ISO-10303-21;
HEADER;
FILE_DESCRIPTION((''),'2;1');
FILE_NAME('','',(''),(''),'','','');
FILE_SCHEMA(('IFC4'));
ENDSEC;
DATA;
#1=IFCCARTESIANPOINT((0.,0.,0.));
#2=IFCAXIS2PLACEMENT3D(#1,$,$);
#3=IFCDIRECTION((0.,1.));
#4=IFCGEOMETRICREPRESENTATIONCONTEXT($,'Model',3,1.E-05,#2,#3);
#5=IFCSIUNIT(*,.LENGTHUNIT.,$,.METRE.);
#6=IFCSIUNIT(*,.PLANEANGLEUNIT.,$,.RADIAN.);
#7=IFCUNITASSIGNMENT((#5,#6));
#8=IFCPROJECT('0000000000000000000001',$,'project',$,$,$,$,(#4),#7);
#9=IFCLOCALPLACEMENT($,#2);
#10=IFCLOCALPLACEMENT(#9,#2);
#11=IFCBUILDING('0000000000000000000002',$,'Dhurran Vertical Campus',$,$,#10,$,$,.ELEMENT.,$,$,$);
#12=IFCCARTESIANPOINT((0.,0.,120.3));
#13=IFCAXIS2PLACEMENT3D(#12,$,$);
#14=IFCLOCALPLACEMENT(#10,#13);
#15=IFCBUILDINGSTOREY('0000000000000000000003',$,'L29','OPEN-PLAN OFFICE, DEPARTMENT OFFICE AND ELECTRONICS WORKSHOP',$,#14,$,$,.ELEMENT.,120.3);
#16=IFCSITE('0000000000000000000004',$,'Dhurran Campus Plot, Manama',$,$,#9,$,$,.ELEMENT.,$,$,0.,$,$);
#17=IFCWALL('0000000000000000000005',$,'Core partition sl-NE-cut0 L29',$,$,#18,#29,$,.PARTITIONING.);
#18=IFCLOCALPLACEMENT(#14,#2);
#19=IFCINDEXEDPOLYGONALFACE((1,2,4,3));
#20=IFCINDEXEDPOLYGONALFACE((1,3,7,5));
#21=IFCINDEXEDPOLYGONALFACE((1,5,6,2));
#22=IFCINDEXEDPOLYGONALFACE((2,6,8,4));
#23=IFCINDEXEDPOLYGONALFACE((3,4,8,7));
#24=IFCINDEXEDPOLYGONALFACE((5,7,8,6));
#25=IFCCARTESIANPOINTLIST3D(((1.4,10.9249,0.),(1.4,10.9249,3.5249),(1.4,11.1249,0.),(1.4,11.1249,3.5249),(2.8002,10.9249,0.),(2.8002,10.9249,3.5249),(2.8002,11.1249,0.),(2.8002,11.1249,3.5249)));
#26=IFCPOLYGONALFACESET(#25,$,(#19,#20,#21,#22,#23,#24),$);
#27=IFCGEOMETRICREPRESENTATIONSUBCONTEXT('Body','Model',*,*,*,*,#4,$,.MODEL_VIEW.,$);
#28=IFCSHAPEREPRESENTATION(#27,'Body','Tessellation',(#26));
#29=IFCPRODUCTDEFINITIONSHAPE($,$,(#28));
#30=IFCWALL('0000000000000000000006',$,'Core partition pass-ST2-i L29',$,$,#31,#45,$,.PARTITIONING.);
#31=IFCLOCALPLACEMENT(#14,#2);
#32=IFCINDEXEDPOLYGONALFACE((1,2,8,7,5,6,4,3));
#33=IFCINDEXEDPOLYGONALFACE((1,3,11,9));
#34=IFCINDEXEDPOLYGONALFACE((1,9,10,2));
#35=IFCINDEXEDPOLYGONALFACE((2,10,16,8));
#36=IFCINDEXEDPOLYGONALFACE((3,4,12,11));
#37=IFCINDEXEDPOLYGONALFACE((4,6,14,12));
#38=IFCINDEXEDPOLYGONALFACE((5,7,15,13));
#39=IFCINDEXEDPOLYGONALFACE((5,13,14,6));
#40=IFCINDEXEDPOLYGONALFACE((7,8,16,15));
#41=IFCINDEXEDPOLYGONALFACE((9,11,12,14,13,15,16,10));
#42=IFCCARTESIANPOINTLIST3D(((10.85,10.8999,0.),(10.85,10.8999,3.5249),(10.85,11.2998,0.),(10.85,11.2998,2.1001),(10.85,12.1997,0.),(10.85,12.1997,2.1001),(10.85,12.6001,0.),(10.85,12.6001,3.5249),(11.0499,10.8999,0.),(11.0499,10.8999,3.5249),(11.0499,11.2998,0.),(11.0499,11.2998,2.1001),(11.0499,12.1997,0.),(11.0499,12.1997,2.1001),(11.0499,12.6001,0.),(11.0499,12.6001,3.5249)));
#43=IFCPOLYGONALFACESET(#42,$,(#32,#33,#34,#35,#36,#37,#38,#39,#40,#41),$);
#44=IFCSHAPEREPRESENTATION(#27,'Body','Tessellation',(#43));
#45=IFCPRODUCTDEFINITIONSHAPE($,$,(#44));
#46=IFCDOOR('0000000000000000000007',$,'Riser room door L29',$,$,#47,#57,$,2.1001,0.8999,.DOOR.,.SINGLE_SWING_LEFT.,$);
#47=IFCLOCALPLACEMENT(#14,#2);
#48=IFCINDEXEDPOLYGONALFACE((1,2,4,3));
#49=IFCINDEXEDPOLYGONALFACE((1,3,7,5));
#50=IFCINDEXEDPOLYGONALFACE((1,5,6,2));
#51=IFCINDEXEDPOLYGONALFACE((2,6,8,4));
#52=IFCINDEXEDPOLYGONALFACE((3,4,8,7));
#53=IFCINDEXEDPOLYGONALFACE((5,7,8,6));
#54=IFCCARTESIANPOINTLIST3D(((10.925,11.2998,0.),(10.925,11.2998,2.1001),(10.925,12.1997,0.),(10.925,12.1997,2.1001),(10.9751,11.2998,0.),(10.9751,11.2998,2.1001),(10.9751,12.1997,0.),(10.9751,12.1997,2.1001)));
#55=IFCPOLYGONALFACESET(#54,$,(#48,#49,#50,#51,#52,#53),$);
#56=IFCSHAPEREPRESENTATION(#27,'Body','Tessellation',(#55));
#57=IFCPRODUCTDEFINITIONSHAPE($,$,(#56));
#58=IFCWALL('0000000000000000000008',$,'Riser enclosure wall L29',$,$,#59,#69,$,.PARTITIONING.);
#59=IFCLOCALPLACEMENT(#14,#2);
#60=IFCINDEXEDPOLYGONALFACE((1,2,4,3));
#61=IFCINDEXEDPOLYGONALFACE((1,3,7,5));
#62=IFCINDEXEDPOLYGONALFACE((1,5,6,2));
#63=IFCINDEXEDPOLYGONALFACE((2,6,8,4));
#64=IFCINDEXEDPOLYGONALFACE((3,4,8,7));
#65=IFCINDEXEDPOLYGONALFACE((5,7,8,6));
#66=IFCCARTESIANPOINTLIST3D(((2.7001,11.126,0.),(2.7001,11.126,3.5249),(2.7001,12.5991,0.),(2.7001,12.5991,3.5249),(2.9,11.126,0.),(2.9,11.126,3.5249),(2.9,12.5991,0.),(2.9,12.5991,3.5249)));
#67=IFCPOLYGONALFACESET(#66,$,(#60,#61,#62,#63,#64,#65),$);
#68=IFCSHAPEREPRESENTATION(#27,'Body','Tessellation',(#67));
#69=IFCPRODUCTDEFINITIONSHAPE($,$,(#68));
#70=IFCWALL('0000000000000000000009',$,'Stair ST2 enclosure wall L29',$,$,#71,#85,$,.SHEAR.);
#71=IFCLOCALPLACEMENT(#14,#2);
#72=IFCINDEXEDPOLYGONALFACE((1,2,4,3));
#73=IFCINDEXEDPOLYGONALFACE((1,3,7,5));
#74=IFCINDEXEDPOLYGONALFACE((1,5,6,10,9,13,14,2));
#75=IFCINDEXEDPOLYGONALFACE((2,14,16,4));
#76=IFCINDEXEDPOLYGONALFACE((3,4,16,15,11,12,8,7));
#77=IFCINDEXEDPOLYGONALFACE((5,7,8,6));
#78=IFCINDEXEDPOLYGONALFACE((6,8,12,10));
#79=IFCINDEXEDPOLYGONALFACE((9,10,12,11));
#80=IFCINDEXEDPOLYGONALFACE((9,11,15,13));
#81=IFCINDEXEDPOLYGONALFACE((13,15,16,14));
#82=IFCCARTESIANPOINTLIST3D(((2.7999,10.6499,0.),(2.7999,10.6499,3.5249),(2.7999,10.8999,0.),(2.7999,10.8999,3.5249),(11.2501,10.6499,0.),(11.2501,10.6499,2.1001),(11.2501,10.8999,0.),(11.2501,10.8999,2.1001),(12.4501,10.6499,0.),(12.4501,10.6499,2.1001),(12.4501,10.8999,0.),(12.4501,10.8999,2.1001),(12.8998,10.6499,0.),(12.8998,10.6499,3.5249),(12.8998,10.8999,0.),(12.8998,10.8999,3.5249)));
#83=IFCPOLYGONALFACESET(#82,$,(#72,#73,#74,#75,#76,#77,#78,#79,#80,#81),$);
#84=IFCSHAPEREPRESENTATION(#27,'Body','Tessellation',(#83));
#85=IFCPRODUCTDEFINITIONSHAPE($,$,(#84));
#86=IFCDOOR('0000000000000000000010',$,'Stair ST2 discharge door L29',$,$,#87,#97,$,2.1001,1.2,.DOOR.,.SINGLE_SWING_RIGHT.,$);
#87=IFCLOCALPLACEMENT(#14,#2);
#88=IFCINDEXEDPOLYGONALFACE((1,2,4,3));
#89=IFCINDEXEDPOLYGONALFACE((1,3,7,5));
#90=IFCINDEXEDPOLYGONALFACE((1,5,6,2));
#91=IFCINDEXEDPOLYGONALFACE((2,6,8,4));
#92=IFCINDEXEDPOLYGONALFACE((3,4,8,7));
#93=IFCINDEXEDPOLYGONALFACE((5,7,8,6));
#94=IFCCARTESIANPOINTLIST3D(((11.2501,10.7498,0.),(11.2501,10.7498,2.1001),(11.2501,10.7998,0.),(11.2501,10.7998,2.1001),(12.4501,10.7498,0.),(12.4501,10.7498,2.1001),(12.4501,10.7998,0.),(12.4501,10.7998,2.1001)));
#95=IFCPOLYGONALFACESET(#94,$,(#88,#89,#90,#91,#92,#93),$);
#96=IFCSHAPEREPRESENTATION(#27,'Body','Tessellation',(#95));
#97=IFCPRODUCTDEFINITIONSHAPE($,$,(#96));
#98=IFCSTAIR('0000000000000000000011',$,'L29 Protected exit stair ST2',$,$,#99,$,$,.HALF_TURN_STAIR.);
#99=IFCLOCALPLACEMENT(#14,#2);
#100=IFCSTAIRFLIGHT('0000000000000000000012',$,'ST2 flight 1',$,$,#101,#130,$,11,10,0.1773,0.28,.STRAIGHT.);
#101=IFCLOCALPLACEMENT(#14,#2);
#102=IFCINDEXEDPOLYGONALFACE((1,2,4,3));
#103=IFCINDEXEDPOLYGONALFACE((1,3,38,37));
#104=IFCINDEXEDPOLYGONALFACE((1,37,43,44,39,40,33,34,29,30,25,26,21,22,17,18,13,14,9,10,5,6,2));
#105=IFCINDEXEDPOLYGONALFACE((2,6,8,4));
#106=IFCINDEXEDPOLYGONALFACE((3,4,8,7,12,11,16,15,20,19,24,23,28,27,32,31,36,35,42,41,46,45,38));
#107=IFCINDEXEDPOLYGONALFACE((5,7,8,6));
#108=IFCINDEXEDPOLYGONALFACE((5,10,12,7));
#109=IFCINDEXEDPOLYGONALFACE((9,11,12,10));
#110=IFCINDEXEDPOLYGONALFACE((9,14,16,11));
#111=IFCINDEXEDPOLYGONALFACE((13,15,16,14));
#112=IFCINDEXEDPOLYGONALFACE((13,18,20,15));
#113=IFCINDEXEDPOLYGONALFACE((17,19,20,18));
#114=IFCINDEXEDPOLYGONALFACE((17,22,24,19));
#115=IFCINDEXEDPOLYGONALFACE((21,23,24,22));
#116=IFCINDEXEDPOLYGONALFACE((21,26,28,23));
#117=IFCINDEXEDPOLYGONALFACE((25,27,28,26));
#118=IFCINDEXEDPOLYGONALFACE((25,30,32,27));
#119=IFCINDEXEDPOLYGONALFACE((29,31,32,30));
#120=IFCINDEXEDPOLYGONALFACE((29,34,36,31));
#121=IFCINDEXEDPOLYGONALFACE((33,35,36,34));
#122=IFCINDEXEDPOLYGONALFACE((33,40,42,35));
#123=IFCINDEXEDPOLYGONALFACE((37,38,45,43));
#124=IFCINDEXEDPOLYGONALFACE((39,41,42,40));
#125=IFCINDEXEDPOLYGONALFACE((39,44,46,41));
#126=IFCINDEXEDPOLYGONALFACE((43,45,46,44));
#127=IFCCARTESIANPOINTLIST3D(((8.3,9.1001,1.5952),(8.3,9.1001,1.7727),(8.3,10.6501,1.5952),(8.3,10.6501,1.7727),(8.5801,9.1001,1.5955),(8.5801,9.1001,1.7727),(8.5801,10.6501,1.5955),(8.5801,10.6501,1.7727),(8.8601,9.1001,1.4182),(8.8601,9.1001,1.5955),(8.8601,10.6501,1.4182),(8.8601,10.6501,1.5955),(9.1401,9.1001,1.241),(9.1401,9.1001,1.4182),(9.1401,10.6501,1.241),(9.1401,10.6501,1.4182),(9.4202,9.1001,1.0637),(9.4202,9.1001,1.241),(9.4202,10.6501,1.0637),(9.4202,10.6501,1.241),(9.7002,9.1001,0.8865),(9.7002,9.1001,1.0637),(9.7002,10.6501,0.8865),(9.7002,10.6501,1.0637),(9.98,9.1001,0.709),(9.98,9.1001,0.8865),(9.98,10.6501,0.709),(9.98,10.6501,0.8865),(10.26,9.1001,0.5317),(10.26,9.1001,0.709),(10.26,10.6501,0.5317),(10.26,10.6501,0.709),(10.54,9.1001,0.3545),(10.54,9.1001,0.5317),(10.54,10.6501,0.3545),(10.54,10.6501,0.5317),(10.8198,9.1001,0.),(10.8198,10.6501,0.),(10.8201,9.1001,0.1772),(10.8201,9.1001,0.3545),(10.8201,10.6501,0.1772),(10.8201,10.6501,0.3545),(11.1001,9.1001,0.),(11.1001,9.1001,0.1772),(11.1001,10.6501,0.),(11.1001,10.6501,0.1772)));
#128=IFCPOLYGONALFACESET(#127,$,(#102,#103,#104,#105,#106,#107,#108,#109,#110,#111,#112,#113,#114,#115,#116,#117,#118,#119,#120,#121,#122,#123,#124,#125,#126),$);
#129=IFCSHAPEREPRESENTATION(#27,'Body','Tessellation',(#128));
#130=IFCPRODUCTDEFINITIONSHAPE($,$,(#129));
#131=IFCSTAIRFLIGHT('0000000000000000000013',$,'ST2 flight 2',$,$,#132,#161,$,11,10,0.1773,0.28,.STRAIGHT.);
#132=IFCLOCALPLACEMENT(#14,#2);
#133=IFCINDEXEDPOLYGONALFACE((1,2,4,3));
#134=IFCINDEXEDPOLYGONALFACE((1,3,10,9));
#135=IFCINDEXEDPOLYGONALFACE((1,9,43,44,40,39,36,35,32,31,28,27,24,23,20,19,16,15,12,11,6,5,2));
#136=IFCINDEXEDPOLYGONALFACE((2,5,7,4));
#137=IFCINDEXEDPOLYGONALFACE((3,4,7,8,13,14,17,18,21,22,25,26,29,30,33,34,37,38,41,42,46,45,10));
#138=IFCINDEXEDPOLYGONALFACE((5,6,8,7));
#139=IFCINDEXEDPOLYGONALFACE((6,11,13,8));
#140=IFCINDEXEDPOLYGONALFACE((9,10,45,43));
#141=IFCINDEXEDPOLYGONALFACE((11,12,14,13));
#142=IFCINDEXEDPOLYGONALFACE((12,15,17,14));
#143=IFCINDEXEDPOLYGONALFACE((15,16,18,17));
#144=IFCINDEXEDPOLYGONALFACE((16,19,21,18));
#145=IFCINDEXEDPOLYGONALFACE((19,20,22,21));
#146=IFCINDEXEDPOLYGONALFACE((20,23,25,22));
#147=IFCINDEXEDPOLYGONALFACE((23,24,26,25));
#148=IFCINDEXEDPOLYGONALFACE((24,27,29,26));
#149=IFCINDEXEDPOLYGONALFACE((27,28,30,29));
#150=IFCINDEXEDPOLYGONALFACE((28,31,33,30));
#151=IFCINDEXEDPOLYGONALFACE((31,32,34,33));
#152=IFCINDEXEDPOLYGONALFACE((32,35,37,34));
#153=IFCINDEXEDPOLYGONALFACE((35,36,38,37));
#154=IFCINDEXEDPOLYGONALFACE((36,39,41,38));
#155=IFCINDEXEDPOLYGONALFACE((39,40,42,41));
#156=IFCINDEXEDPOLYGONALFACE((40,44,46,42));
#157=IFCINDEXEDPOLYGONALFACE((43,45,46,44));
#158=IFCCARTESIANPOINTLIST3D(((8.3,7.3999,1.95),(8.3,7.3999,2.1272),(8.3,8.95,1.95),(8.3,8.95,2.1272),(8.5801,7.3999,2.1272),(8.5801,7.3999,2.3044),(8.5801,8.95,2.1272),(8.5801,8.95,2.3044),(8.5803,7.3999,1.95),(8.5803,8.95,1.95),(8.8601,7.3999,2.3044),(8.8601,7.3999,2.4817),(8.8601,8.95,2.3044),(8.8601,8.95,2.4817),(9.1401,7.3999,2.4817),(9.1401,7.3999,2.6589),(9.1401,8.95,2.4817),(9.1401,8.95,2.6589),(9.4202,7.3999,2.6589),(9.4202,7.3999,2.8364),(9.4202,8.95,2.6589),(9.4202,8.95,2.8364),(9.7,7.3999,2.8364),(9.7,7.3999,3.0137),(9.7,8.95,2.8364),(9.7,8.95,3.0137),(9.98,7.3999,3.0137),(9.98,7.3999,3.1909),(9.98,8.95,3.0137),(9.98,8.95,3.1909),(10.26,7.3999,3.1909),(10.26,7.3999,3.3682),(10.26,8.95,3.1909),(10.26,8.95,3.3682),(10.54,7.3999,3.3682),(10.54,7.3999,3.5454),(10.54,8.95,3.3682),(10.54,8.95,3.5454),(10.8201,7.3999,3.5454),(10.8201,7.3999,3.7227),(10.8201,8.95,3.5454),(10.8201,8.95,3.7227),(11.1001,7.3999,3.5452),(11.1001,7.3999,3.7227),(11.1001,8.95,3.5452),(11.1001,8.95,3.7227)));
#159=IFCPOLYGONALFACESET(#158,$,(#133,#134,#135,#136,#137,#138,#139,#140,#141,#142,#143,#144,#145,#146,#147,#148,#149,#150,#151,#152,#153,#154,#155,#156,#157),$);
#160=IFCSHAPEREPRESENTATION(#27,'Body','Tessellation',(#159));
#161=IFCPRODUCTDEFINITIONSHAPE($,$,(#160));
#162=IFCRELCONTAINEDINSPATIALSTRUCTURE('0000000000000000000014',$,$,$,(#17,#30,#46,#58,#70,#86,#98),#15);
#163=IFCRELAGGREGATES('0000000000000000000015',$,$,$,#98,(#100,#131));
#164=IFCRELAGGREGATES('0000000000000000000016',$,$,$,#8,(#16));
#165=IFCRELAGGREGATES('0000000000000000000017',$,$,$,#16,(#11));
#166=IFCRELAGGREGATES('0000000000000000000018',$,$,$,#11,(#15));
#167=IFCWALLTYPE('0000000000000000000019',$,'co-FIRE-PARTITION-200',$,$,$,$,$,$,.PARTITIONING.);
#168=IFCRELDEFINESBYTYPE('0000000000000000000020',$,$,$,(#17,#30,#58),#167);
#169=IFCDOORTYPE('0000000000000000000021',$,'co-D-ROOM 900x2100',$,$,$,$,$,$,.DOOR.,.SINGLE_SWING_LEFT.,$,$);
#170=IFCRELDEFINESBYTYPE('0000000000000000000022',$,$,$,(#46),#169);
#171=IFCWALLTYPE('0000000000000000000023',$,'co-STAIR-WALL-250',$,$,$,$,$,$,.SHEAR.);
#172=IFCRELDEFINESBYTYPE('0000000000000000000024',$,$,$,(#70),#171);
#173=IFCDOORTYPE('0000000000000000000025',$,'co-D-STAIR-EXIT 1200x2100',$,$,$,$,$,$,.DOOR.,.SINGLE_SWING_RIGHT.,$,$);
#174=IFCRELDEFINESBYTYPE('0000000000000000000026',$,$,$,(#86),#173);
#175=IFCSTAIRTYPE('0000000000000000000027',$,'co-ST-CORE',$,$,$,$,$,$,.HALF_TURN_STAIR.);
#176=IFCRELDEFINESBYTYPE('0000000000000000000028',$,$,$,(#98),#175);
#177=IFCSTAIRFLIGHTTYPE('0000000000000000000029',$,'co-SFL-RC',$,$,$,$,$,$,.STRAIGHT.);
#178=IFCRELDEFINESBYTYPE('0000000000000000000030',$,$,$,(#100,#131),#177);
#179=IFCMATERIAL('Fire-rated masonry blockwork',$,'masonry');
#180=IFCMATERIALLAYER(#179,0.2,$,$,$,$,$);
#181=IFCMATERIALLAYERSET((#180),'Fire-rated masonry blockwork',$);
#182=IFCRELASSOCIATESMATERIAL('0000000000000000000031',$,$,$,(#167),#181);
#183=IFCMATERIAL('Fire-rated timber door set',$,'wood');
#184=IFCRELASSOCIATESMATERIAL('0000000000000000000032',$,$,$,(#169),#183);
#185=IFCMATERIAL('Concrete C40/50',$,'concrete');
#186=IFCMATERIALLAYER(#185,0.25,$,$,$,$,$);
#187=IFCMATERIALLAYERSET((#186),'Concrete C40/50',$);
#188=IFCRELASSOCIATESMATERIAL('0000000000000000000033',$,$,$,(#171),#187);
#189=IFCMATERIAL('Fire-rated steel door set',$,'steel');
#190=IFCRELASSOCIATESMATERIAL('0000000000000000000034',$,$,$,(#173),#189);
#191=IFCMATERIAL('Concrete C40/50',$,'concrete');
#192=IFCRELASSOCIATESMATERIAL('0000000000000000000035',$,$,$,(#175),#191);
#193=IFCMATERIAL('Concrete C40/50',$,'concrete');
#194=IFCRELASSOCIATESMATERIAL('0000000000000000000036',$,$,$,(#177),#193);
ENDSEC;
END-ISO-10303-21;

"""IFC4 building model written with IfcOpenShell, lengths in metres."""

from ifc_helpers import new_model, si_unit, direction, frame, frame_2d, origin, place, context, subcontext, project, spatial, polyline, rectangle, outline, extrude, material, layer, layer_set, type_object, element, fill, aggregate, save


model = new_model("IFC4")

# Units and contexts
model_context = context("Model", 3, precision=1e-05, world=origin(), true_north=direction((0.0, 1.0)))
body_context = subcontext(model_context, "Body", "Model", "MODEL_VIEW")
ifc_project = project(units=[si_unit("LENGTHUNIT", "METRE"), si_unit("PLANEANGLEUNIT", "RADIAN")], contexts=[model_context])

# Site, building, storey
site_placement = place(None, origin())
site = spatial("IfcSite", under=ifc_project, at=site_placement, Name="Dhurran Campus Plot, Manama", CompositionType="ELEMENT", RefElevation=0.0)
building_placement = place(site_placement, origin())
building = spatial("IfcBuilding", under=site, at=building_placement, Name="Dhurran Vertical Campus", CompositionType="ELEMENT")
storey_placement = place(building_placement, frame((0.0, 0.0, 120.3)))
storey = spatial("IfcBuildingStorey", under=building, at=storey_placement, Name="L29", Description="OPEN-PLAN OFFICE, DEPARTMENT OFFICE AND ELECTRONICS WORKSHOP", CompositionType="ELEMENT", Elevation=120.3)

# Wall
ifc_material_1 = material(Name="Fire-rated masonry blockwork", Category="masonry")
ifc_layer_1 = layer(ifc_material_1, 0.2)
ifc_layer_set_1 = layer_set([ifc_layer_1], Name="Fire-rated masonry blockwork")
wall_type_1 = type_object("IfcWallType", Name="co-FIRE-PARTITION-200", PredefinedType="PARTITIONING", material=ifc_layer_set_1)
wall_1_placement = place(storey_placement, frame((1.3999, 11.0249, 0.0), z_axis=(0.0, 0.0, 1.0), x_axis=(1.0, 0.0, 0.0)))
element("IfcWall", 1, at=wall_1_placement, inside=storey, type_object=wall_type_1, Name="Core partition sl-NE-cut0 L29", PredefinedType="PARTITIONING", context=body_context, shape_type="SweptSolid", body=[
    extrude(rectangle(XDim=1.4001, YDim=0.2, at=frame_2d((0.7002, 0.0))), origin(), (0.0, 0.0, 1.0), 3.5249),
])

# Wall, opening, door
wall_2_placement = place(storey_placement, frame((10.95, 10.8999, 0.0), z_axis=(0.0, 0.0, 1.0), x_axis=(0.0, 1.0, 0.0)))
wall_2 = element("IfcWall", 2, at=wall_2_placement, inside=storey, type_object=wall_type_1, Name="Core partition pass-ST2-i L29", PredefinedType="PARTITIONING", context=body_context, shape_type="SweptSolid", body=[
    extrude(rectangle(XDim=1.7002, YDim=0.2, at=frame_2d((0.8501, 0.0))), origin(), (0.0, 0.0, 1.0), 3.5249),
])
opening_1_placement = place(wall_2_placement, frame((0.3999, 0.0, 0.0)))
opening_1 = element("IfcOpeningElement", 3, at=opening_1_placement, cuts=wall_2, PredefinedType="OPENING", context=body_context, shape_type="SweptSolid", body=[
    extrude(rectangle(XDim=0.8999, YDim=2.1001, at=frame_2d((0.45, 1.05))), frame((0.0, 0.1099, 0.0), z_axis=(0.0, -1.0, 0.0), x_axis=(1.0, 0.0, 0.0)), (0.0, 0.0, 1.0), 0.22),
])
ifc_material_2 = material(Name="Fire-rated timber door set", Category="wood")
door_type_1 = type_object("IfcDoorType", Name="co-D-ROOM 900x2100", OperationType="SINGLE_SWING_LEFT", PredefinedType="DOOR", material=ifc_material_2)
door_1_placement = place(opening_1_placement, origin())
door_1 = element("IfcDoor", 4, at=door_1_placement, inside=storey, type_object=door_type_1, Name="Riser room door L29", OperationType="SINGLE_SWING_LEFT", OverallHeight=2.1001, OverallWidth=0.8999, PredefinedType="DOOR", context=body_context, shape_type="SweptSolid", body=[
    extrude(rectangle(XDim=0.8999, YDim=2.1001, at=frame_2d((0.45, 1.05))), frame((0.0, 0.0249, 0.0), z_axis=(0.0, -1.0, 0.0), x_axis=(1.0, 0.0, 0.0)), (0.0, 0.0, 1.0), 0.05),
])
fill(opening_1, door_1)

# Wall
wall_3_placement = place(storey_placement, frame((2.8, 12.5991, 0.0), z_axis=(0.0, 0.0, 1.0), x_axis=(0.0, -1.0, 0.0)))
element("IfcWall", 5, at=wall_3_placement, inside=storey, type_object=wall_type_1, Name="Riser enclosure wall L29", PredefinedType="PARTITIONING", context=body_context, shape_type="SweptSolid", body=[
    extrude(rectangle(XDim=1.4731, YDim=0.2, at=frame_2d((0.7366, 0.0))), origin(), (0.0, 0.0, 1.0), 3.5249),
])

# Wall, opening, door
ifc_material_3 = material(Name="Concrete C40/50", Category="concrete")
ifc_layer_2 = layer(ifc_material_3, 0.25)
ifc_layer_set_2 = layer_set([ifc_layer_2], Name="Concrete C40/50")
wall_type_2 = type_object("IfcWallType", Name="co-STAIR-WALL-250", PredefinedType="SHEAR", material=ifc_layer_set_2)
wall_4_placement = place(storey_placement, frame((2.8, 10.7749, 0.0), z_axis=(0.0, 0.0, 1.0), x_axis=(1.0, 0.0, 0.0)))
wall_4 = element("IfcWall", 6, at=wall_4_placement, inside=storey, type_object=wall_type_2, Name="Stair ST2 enclosure wall L29", PredefinedType="SHEAR", context=body_context, shape_type="SweptSolid", body=[
    extrude(rectangle(XDim=10.0999, YDim=0.25, at=frame_2d((5.0498, 0.0))), origin(), (0.0, 0.0, 1.0), 3.5249),
])
opening_2_placement = place(wall_4_placement, frame((8.45, 0.0, 0.0)))
opening_2 = element("IfcOpeningElement", 7, at=opening_2_placement, cuts=wall_4, PredefinedType="OPENING", context=body_context, shape_type="SweptSolid", body=[
    extrude(rectangle(XDim=1.2, YDim=2.1001, at=frame_2d((0.6001, 1.05))), frame((0.0, 0.135, 0.0), z_axis=(0.0, -1.0, 0.0), x_axis=(1.0, 0.0, 0.0)), (0.0, 0.0, 1.0), 0.27),
])
ifc_material_4 = material(Name="Fire-rated steel door set", Category="steel")
door_type_2 = type_object("IfcDoorType", Name="co-D-STAIR-EXIT 1200x2100", OperationType="SINGLE_SWING_RIGHT", PredefinedType="DOOR", material=ifc_material_4)
door_2_placement = place(opening_2_placement, origin())
door_2 = element("IfcDoor", 8, at=door_2_placement, inside=storey, type_object=door_type_2, Name="Stair ST2 discharge door L29", OperationType="SINGLE_SWING_RIGHT", OverallHeight=2.1001, OverallWidth=1.2, PredefinedType="DOOR", context=body_context, shape_type="SweptSolid", body=[
    extrude(rectangle(XDim=1.2, YDim=2.1001, at=frame_2d((0.6001, 1.05))), frame((0.0, 0.0249, 0.0), z_axis=(0.0, -1.0, 0.0), x_axis=(1.0, 0.0, 0.0)), (0.0, 0.0, 1.0), 0.05),
])
fill(opening_2, door_2)

# Stair, stair flights
ifc_material_5 = material(Name="Concrete C40/50", Category="concrete")
stair_type = type_object("IfcStairType", Name="co-ST-CORE", PredefinedType="HALF_TURN_STAIR", material=ifc_material_5)
stair_placement = place(storey_placement, origin())
stair = element("IfcStair", 9, at=stair_placement, inside=storey, type_object=stair_type, Name="L29 Protected exit stair ST2", PredefinedType="HALF_TURN_STAIR")
ifc_material_6 = material(Name="Concrete C40/50", Category="concrete")
stair_flight_type = type_object("IfcStairFlightType", Name="co-SFL-RC", PredefinedType="STRAIGHT", material=ifc_material_6)
stair_flight_1_placement = place(storey_placement, frame((11.1001, 9.875, 0.0), z_axis=(0.0, 0.0, 1.0), x_axis=(-1.0, 0.0, 0.0)))
stair_flight_1 = element("IfcStairFlight", 10, at=stair_flight_1_placement, type_object=stair_flight_type, Name="ST2 flight 1", NumberOfRisers=11, NumberOfTreads=10, PredefinedType="STRAIGHT", RiserHeight=0.1773, TreadLength=0.28, context=body_context, shape_type="SweptSolid", body=[
    extrude(outline(polyline([(0.0, 0.0), (0.0, 0.1772), (0.28, 0.1772), (0.28, 0.3545), (0.5601, 0.3545), (0.5601, 0.5317), (0.8401, 0.5317), (0.8401, 0.709), (1.1201, 0.709), (1.1201, 0.8865), (1.3999, 0.8865), (1.3999, 1.0637), (1.6799, 1.0637), (1.6799, 1.241), (1.96, 1.241), (1.96, 1.4182), (2.24, 1.4182), (2.24, 1.5955), (2.52, 1.5955), (2.52, 1.7727), (2.8, 1.7727), (2.8, 1.95), (2.8, 1.5952), (0.2803, 0.0), (0.0, 0.0)])), frame((0.0, 0.7749, 0.0), z_axis=(0.0, -1.0, 0.0), x_axis=(1.0, 0.0, 0.0)), (0.0, 0.0, 1.0), 1.55),
])
stair_flight_2_placement = place(storey_placement, frame((8.3, 8.175, 1.95), z_axis=(0.0, 0.0, 1.0), x_axis=(1.0, 0.0, 0.0)))
stair_flight_2 = element("IfcStairFlight", 11, at=stair_flight_2_placement, type_object=stair_flight_type, Name="ST2 flight 2", NumberOfRisers=11, NumberOfTreads=10, PredefinedType="STRAIGHT", RiserHeight=0.1773, TreadLength=0.28, context=body_context, shape_type="SweptSolid", body=[
    extrude(outline(polyline([(0.0, 0.0), (0.0, 0.1772), (0.28, 0.1772), (0.28, 0.3545), (0.5601, 0.3545), (0.5601, 0.5317), (0.8401, 0.5317), (0.8401, 0.709), (1.1201, 0.709), (1.1201, 0.8865), (1.3999, 0.8865), (1.3999, 1.0637), (1.6799, 1.0637), (1.6799, 1.241), (1.96, 1.241), (1.96, 1.4182), (2.24, 1.4182), (2.24, 1.5955), (2.52, 1.5955), (2.52, 1.7727), (2.8, 1.7727), (2.8, 1.95), (2.8, 1.5952), (0.2803, 0.0), (0.0, 0.0)])), frame((0.0, 0.7749, 0.0), z_axis=(0.0, -1.0, 0.0), x_axis=(1.0, 0.0, 0.0)), (0.0, 0.0, 1.0), 1.55),
])
aggregate(stair, [stair_flight_1, stair_flight_2])

save(model, "model.ifc")
